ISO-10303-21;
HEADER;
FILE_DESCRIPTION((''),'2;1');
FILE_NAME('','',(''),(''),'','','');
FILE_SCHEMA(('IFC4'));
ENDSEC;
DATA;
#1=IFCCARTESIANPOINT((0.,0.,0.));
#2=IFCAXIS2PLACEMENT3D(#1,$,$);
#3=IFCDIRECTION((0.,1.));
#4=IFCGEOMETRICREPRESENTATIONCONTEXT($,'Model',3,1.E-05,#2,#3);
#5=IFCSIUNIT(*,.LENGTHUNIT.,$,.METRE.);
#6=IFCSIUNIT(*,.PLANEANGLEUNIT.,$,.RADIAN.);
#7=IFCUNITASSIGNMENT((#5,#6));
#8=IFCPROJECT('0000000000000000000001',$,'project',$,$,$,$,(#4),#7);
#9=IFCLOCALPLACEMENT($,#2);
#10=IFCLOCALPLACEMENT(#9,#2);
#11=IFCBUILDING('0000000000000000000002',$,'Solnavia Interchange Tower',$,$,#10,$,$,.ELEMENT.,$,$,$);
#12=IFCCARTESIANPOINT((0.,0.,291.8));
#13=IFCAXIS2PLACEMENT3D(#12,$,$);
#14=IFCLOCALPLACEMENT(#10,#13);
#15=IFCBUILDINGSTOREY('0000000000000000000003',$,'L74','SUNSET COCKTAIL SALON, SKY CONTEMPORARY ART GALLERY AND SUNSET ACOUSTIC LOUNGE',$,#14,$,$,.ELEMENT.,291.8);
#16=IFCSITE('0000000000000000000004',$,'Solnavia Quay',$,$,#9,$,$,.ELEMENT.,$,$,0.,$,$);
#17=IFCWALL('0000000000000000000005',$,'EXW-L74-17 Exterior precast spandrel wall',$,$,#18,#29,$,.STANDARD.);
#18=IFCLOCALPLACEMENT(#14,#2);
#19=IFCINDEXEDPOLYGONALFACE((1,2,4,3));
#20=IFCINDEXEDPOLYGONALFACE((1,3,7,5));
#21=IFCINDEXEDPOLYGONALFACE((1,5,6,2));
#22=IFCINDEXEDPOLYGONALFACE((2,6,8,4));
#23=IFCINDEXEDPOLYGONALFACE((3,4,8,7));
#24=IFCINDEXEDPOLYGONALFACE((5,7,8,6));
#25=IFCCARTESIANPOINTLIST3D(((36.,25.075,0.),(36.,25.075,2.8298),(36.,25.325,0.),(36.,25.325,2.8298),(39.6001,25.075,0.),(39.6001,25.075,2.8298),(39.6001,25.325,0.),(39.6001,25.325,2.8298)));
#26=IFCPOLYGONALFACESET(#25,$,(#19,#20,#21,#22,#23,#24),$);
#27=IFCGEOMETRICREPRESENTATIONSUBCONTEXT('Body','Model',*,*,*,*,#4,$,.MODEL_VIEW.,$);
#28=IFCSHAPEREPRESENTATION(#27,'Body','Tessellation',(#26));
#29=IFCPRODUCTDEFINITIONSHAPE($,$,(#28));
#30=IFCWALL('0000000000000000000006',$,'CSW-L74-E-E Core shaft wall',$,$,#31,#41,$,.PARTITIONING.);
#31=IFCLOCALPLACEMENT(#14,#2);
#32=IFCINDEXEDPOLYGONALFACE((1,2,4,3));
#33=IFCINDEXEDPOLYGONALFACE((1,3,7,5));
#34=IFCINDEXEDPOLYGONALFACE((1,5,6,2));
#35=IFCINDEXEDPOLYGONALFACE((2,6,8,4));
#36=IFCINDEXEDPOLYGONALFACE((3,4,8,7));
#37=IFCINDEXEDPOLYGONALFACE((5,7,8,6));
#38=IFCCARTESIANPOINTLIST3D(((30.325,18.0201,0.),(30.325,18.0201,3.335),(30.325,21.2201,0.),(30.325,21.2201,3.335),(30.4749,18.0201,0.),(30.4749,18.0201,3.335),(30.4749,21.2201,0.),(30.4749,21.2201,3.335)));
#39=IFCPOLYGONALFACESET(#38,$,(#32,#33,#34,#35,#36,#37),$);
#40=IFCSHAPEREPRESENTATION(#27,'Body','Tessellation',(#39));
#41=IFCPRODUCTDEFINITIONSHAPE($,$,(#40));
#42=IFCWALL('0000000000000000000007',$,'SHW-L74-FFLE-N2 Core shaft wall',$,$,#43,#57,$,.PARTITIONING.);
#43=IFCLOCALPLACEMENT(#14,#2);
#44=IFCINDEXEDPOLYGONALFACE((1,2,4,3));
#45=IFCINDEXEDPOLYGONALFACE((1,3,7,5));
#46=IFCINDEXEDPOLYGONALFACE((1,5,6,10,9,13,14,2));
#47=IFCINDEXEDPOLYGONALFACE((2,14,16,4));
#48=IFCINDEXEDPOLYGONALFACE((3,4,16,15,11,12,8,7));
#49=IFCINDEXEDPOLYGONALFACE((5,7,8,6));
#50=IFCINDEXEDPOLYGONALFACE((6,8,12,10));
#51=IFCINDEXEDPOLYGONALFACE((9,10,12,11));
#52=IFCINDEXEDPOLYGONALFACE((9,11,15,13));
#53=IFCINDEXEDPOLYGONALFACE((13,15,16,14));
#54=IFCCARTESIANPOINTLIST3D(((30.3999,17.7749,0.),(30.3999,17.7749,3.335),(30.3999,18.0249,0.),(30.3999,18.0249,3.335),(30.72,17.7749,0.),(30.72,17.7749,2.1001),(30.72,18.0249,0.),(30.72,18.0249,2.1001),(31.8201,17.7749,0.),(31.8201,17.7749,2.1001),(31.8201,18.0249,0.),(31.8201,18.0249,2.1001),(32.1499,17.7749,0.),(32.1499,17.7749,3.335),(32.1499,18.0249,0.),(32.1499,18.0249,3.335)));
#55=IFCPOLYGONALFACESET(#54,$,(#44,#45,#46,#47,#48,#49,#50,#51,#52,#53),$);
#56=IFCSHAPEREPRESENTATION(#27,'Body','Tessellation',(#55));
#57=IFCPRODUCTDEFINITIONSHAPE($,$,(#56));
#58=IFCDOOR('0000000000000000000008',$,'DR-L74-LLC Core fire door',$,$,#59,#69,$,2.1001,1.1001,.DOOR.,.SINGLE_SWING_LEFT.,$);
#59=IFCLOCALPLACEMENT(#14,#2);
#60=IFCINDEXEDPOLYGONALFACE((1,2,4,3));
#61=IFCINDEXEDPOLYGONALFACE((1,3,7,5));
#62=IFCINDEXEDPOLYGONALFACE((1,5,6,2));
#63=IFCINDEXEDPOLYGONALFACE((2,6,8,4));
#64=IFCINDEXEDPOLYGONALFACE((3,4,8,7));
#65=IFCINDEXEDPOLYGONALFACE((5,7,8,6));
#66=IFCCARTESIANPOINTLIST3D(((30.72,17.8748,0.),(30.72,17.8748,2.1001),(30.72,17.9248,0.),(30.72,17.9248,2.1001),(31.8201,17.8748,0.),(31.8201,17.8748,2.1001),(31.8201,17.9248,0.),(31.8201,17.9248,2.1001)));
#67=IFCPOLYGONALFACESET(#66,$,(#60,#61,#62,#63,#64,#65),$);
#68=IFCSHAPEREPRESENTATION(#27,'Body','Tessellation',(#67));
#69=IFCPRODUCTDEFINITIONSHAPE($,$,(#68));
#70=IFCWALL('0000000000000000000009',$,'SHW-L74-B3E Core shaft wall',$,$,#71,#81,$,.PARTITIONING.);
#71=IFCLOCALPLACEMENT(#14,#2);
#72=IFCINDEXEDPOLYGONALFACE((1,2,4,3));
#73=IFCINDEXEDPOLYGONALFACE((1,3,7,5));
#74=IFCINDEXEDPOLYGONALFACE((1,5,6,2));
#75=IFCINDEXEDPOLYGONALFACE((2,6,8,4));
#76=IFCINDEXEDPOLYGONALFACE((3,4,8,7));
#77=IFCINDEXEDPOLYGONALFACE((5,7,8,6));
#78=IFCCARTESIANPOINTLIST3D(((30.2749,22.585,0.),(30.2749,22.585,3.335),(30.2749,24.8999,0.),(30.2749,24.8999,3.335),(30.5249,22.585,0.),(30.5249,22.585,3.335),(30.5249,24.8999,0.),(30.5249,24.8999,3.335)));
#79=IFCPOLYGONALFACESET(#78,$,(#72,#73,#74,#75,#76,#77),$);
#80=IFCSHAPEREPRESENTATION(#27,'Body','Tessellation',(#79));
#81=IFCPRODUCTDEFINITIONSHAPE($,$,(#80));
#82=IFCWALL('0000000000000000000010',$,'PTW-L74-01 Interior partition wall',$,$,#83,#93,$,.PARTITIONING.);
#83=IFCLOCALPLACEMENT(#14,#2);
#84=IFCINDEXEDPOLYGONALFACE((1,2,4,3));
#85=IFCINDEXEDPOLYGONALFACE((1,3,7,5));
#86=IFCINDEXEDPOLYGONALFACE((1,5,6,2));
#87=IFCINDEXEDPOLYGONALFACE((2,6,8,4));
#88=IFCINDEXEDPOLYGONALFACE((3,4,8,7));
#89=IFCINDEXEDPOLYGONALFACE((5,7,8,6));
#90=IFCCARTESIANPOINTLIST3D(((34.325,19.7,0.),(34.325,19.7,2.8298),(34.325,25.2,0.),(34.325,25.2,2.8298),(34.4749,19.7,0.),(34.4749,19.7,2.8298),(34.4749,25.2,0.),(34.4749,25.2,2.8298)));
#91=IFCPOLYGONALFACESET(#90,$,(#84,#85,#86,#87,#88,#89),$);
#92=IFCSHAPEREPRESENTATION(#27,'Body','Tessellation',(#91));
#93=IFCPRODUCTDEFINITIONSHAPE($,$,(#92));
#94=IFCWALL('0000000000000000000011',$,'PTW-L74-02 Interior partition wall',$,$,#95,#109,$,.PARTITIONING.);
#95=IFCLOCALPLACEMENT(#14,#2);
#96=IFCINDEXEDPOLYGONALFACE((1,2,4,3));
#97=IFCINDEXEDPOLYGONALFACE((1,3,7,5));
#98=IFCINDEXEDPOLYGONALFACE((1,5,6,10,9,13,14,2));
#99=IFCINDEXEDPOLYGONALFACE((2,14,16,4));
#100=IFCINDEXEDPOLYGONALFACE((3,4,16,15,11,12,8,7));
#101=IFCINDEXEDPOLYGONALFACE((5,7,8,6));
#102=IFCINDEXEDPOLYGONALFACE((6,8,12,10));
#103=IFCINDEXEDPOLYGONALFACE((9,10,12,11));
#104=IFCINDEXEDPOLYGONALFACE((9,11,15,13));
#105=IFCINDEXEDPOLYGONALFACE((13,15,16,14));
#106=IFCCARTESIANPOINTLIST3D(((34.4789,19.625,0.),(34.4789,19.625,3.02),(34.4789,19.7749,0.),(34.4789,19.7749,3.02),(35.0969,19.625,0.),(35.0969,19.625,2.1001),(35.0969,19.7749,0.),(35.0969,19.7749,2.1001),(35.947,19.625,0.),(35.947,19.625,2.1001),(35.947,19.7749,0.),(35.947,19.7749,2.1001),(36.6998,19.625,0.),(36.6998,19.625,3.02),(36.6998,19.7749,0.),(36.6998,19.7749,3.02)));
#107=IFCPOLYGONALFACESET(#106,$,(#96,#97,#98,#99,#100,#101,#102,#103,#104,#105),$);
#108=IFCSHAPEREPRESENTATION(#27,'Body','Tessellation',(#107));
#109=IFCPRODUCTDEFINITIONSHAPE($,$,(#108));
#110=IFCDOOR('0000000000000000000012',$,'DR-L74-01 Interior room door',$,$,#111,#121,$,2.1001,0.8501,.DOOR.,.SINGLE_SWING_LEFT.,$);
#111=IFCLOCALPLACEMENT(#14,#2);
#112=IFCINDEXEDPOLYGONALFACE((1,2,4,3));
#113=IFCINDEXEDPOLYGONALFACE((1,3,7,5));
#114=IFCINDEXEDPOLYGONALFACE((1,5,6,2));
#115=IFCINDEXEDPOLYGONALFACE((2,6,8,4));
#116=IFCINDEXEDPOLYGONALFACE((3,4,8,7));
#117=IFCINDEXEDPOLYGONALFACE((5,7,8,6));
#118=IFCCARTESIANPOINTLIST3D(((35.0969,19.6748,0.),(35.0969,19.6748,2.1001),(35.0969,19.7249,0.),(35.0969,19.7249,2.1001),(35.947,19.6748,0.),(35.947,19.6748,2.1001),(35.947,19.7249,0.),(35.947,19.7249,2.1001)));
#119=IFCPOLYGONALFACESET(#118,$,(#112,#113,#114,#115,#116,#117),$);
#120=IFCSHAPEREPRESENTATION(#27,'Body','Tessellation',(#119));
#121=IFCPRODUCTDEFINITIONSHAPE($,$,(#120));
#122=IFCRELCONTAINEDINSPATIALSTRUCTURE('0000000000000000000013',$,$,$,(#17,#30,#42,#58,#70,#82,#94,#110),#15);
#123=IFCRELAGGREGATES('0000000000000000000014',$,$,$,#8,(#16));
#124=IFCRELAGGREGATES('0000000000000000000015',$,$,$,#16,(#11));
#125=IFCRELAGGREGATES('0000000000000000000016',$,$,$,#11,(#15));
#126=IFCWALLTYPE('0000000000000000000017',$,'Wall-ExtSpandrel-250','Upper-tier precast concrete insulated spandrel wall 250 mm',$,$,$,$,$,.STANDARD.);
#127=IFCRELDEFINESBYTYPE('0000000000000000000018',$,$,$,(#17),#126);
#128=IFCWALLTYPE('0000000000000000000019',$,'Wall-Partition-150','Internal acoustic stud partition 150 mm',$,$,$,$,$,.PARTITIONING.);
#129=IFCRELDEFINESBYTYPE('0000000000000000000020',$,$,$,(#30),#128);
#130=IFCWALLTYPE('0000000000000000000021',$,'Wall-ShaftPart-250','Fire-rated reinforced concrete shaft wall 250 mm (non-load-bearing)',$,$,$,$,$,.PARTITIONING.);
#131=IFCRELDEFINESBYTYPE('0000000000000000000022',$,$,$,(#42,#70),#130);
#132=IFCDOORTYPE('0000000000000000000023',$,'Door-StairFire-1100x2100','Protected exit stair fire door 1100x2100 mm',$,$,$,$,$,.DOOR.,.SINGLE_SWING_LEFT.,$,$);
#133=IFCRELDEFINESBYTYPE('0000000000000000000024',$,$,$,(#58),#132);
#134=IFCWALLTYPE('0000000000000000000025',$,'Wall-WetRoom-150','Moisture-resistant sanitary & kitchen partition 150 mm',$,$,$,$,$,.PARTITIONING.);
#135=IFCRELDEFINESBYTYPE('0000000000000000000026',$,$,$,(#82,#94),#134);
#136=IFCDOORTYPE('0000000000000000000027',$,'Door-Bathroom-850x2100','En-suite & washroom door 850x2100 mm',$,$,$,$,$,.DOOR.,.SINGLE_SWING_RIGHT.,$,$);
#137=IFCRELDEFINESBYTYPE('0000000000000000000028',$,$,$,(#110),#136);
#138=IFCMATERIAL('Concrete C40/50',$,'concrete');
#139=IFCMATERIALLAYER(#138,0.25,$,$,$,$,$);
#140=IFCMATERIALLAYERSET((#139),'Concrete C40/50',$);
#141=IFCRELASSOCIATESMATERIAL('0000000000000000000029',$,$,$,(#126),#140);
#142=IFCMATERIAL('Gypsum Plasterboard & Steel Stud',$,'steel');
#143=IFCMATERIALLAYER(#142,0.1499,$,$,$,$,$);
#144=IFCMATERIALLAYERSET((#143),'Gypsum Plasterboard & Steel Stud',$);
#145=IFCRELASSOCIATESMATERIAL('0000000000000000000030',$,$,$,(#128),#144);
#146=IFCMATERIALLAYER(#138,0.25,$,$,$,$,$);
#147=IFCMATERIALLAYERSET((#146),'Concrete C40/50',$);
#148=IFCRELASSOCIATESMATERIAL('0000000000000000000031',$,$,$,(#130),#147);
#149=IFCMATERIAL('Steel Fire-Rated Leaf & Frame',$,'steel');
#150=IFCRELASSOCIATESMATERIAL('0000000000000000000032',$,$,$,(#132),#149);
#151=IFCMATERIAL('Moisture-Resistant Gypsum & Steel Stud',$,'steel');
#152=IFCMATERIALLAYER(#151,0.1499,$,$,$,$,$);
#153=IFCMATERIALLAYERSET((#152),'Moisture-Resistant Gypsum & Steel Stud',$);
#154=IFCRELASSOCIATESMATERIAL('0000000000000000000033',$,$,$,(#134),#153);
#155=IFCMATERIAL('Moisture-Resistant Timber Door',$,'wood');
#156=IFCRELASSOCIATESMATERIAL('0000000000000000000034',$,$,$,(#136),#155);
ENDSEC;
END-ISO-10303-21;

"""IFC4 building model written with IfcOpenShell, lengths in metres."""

from ifc_helpers import new_model, si_unit, direction, frame, frame_2d, origin, place, context, subcontext, project, spatial, rectangle, extrude, material, layer, layer_set, type_object, element, fill, save


model = new_model("IFC4")

# Units and contexts
model_context = context("Model", 3, precision=1e-05, world=origin(), true_north=direction((0.0, 1.0)))
body_context = subcontext(model_context, "Body", "Model", "MODEL_VIEW")
ifc_project = project(units=[si_unit("LENGTHUNIT", "METRE"), si_unit("PLANEANGLEUNIT", "RADIAN")], contexts=[model_context])

# Site, building, storey
site_placement = place(None, origin())
site = spatial("IfcSite", under=ifc_project, at=site_placement, Name="Solnavia Quay", CompositionType="ELEMENT", RefElevation=0.0)
building_placement = place(site_placement, origin())
building = spatial("IfcBuilding", under=site, at=building_placement, Name="Solnavia Interchange Tower", CompositionType="ELEMENT")
storey_placement = place(building_placement, frame((0.0, 0.0, 291.8)))
storey = spatial("IfcBuildingStorey", under=building, at=storey_placement, Name="L74", Description="SUNSET COCKTAIL SALON, SKY CONTEMPORARY ART GALLERY AND SUNSET ACOUSTIC LOUNGE", CompositionType="ELEMENT", Elevation=291.8)

# Walls
ifc_material_1 = material(Name="Concrete C40/50", Category="concrete")
ifc_layer_1 = layer(ifc_material_1, 0.25)
ifc_layer_set_1 = layer_set([ifc_layer_1], Name="Concrete C40/50")
wall_type_1 = type_object("IfcWallType", Name="Wall-ExtSpandrel-250", Description="Upper-tier precast concrete insulated spandrel wall 250 mm", PredefinedType="STANDARD", material=ifc_layer_set_1)
wall_1_placement = place(storey_placement, frame((36.0, 25.2, 0.0), z_axis=(0.0, 0.0, 1.0), x_axis=(1.0, 0.0, 0.0)))
element("IfcWall", 1, at=wall_1_placement, inside=storey, type_object=wall_type_1, Name="EXW-L74-17 Exterior precast spandrel wall", PredefinedType="STANDARD", context=body_context, shape_type="SweptSolid", body=[
    extrude(rectangle(XDim=3.6001, YDim=0.25, at=frame_2d((1.8, 0.0))), origin(), (0.0, 0.0, 1.0), 2.8298),
])
ifc_material_2 = material(Name="Gypsum Plasterboard & Steel Stud", Category="steel")
ifc_layer_2 = layer(ifc_material_2, 0.1499)
ifc_layer_set_2 = layer_set([ifc_layer_2], Name="Gypsum Plasterboard & Steel Stud")
wall_type_2 = type_object("IfcWallType", Name="Wall-Partition-150", Description="Internal acoustic stud partition 150 mm", PredefinedType="PARTITIONING", material=ifc_layer_set_2)
wall_2_placement = place(storey_placement, frame((30.3999, 18.02, 0.0), z_axis=(0.0, 0.0, 1.0), x_axis=(0.0, 1.0, 0.0)))
element("IfcWall", 2, at=wall_2_placement, inside=storey, type_object=wall_type_2, Name="CSW-L74-E-E Core shaft wall", PredefinedType="PARTITIONING", context=body_context, shape_type="SweptSolid", body=[
    extrude(rectangle(XDim=3.2, YDim=0.1499, at=frame_2d((1.6001, 0.0))), origin(), (0.0, 0.0, 1.0), 3.335),
])

# Wall, opening, door
ifc_layer_3 = layer(ifc_material_1, 0.25)
ifc_layer_set_3 = layer_set([ifc_layer_3], Name="Concrete C40/50")
wall_type_3 = type_object("IfcWallType", Name="Wall-ShaftPart-250", Description="Fire-rated reinforced concrete shaft wall 250 mm (non-load-bearing)", PredefinedType="PARTITIONING", material=ifc_layer_set_3)
wall_3_placement = place(storey_placement, frame((30.3999, 17.8999, 0.0), z_axis=(0.0, 0.0, 1.0), x_axis=(1.0, 0.0, 0.0)))
wall_3 = element("IfcWall", 3, at=wall_3_placement, inside=storey, type_object=wall_type_3, Name="SHW-L74-FFLE-N2 Core shaft wall", PredefinedType="PARTITIONING", context=body_context, shape_type="SweptSolid", body=[
    extrude(rectangle(XDim=1.75, YDim=0.25, at=frame_2d((0.875, 0.0))), origin(), (0.0, 0.0, 1.0), 3.335),
])
opening_1_placement = place(wall_3_placement, frame((0.3201, 0.0, 0.0)))
opening_1 = element("IfcOpeningElement", 4, at=opening_1_placement, cuts=wall_3, PredefinedType="OPENING", context=body_context, shape_type="SweptSolid", body=[
    extrude(rectangle(XDim=1.1001, YDim=2.1001, at=frame_2d((0.55, 1.05))), frame((0.0, 0.135, 0.0), z_axis=(0.0, -1.0, 0.0), x_axis=(1.0, 0.0, 0.0)), (0.0, 0.0, 1.0), 0.27),
])
ifc_material_3 = material(Name="Steel Fire-Rated Leaf & Frame", Category="steel")
door_type_1 = type_object("IfcDoorType", Name="Door-StairFire-1100x2100", Description="Protected exit stair fire door 1100x2100 mm", OperationType="SINGLE_SWING_LEFT", PredefinedType="DOOR", material=ifc_material_3)
door_1_placement = place(opening_1_placement, origin())
door_1 = element("IfcDoor", 5, at=door_1_placement, inside=storey, type_object=door_type_1, Name="DR-L74-LLC Core fire door", OperationType="SINGLE_SWING_LEFT", OverallHeight=2.1001, OverallWidth=1.1001, PredefinedType="DOOR", context=body_context, shape_type="SweptSolid", body=[
    extrude(rectangle(XDim=1.1001, YDim=2.1001, at=frame_2d((0.55, 1.05))), frame((0.0, 0.0249, 0.0), z_axis=(0.0, -1.0, 0.0), x_axis=(1.0, 0.0, 0.0)), (0.0, 0.0, 1.0), 0.05),
])
fill(opening_1, door_1)

# Walls
wall_4_placement = place(storey_placement, frame((30.3999, 22.585, 0.0), z_axis=(0.0, 0.0, 1.0), x_axis=(0.0, 1.0, 0.0)))
element("IfcWall", 6, at=wall_4_placement, inside=storey, type_object=wall_type_3, Name="SHW-L74-B3E Core shaft wall", PredefinedType="PARTITIONING", context=body_context, shape_type="SweptSolid", body=[
    extrude(rectangle(XDim=2.3149, YDim=0.25, at=frame_2d((1.1575, 0.0))), origin(), (0.0, 0.0, 1.0), 3.335),
])
ifc_material_4 = material(Name="Moisture-Resistant Gypsum & Steel Stud", Category="steel")
ifc_layer_4 = layer(ifc_material_4, 0.1499)
ifc_layer_set_4 = layer_set([ifc_layer_4], Name="Moisture-Resistant Gypsum & Steel Stud")
wall_type_4 = type_object("IfcWallType", Name="Wall-WetRoom-150", Description="Moisture-resistant sanitary & kitchen partition 150 mm", PredefinedType="PARTITIONING", material=ifc_layer_set_4)
wall_5_placement = place(storey_placement, frame((34.3999, 19.7, 0.0), z_axis=(0.0, 0.0, 1.0), x_axis=(0.0, 1.0, 0.0)))
element("IfcWall", 7, at=wall_5_placement, inside=storey, type_object=wall_type_4, Name="PTW-L74-01 Interior partition wall", PredefinedType="PARTITIONING", context=body_context, shape_type="SweptSolid", body=[
    extrude(rectangle(XDim=5.5, YDim=0.1499, at=frame_2d((2.75, 0.0))), origin(), (0.0, 0.0, 1.0), 2.8298),
])

# Wall, opening, door
wall_6_placement = place(storey_placement, frame((34.479, 19.7, 0.0), z_axis=(0.0, 0.0, 1.0), x_axis=(1.0, 0.0, 0.0)))
wall_6 = element("IfcWall", 8, at=wall_6_placement, inside=storey, type_object=wall_type_4, Name="PTW-L74-02 Interior partition wall", PredefinedType="PARTITIONING", context=body_context, shape_type="SweptSolid", body=[
    extrude(rectangle(XDim=2.2209, YDim=0.1499, at=frame_2d((1.1104, 0.0))), origin(), (0.0, 0.0, 1.0), 3.02),
])
opening_2_placement = place(wall_6_placement, frame((0.6179, 0.0, 0.0)))
opening_2 = element("IfcOpeningElement", 9, at=opening_2_placement, cuts=wall_6, PredefinedType="OPENING", context=body_context, shape_type="SweptSolid", body=[
    extrude(rectangle(XDim=0.8501, YDim=2.1001, at=frame_2d((0.425, 1.05))), frame((0.0, 0.085, 0.0), z_axis=(0.0, -1.0, 0.0), x_axis=(1.0, 0.0, 0.0)), (0.0, 0.0, 1.0), 0.1699),
])
ifc_material_5 = material(Name="Moisture-Resistant Timber Door", Category="wood")
door_type_2 = type_object("IfcDoorType", Name="Door-Bathroom-850x2100", Description="En-suite & washroom door 850x2100 mm", OperationType="SINGLE_SWING_RIGHT", PredefinedType="DOOR", material=ifc_material_5)
door_2_placement = place(opening_2_placement, origin())
door_2 = element("IfcDoor", 10, at=door_2_placement, inside=storey, type_object=door_type_2, Name="DR-L74-01 Interior room door", OperationType="SINGLE_SWING_LEFT", OverallHeight=2.1001, OverallWidth=0.8501, PredefinedType="DOOR", context=body_context, shape_type="SweptSolid", body=[
    extrude(rectangle(XDim=0.8501, YDim=2.1001, at=frame_2d((0.425, 1.05))), frame((0.0, 0.0249, 0.0), z_axis=(0.0, -1.0, 0.0), x_axis=(1.0, 0.0, 0.0)), (0.0, 0.0, 1.0), 0.05),
])
fill(opening_2, door_2)

save(model, "model.ifc")
